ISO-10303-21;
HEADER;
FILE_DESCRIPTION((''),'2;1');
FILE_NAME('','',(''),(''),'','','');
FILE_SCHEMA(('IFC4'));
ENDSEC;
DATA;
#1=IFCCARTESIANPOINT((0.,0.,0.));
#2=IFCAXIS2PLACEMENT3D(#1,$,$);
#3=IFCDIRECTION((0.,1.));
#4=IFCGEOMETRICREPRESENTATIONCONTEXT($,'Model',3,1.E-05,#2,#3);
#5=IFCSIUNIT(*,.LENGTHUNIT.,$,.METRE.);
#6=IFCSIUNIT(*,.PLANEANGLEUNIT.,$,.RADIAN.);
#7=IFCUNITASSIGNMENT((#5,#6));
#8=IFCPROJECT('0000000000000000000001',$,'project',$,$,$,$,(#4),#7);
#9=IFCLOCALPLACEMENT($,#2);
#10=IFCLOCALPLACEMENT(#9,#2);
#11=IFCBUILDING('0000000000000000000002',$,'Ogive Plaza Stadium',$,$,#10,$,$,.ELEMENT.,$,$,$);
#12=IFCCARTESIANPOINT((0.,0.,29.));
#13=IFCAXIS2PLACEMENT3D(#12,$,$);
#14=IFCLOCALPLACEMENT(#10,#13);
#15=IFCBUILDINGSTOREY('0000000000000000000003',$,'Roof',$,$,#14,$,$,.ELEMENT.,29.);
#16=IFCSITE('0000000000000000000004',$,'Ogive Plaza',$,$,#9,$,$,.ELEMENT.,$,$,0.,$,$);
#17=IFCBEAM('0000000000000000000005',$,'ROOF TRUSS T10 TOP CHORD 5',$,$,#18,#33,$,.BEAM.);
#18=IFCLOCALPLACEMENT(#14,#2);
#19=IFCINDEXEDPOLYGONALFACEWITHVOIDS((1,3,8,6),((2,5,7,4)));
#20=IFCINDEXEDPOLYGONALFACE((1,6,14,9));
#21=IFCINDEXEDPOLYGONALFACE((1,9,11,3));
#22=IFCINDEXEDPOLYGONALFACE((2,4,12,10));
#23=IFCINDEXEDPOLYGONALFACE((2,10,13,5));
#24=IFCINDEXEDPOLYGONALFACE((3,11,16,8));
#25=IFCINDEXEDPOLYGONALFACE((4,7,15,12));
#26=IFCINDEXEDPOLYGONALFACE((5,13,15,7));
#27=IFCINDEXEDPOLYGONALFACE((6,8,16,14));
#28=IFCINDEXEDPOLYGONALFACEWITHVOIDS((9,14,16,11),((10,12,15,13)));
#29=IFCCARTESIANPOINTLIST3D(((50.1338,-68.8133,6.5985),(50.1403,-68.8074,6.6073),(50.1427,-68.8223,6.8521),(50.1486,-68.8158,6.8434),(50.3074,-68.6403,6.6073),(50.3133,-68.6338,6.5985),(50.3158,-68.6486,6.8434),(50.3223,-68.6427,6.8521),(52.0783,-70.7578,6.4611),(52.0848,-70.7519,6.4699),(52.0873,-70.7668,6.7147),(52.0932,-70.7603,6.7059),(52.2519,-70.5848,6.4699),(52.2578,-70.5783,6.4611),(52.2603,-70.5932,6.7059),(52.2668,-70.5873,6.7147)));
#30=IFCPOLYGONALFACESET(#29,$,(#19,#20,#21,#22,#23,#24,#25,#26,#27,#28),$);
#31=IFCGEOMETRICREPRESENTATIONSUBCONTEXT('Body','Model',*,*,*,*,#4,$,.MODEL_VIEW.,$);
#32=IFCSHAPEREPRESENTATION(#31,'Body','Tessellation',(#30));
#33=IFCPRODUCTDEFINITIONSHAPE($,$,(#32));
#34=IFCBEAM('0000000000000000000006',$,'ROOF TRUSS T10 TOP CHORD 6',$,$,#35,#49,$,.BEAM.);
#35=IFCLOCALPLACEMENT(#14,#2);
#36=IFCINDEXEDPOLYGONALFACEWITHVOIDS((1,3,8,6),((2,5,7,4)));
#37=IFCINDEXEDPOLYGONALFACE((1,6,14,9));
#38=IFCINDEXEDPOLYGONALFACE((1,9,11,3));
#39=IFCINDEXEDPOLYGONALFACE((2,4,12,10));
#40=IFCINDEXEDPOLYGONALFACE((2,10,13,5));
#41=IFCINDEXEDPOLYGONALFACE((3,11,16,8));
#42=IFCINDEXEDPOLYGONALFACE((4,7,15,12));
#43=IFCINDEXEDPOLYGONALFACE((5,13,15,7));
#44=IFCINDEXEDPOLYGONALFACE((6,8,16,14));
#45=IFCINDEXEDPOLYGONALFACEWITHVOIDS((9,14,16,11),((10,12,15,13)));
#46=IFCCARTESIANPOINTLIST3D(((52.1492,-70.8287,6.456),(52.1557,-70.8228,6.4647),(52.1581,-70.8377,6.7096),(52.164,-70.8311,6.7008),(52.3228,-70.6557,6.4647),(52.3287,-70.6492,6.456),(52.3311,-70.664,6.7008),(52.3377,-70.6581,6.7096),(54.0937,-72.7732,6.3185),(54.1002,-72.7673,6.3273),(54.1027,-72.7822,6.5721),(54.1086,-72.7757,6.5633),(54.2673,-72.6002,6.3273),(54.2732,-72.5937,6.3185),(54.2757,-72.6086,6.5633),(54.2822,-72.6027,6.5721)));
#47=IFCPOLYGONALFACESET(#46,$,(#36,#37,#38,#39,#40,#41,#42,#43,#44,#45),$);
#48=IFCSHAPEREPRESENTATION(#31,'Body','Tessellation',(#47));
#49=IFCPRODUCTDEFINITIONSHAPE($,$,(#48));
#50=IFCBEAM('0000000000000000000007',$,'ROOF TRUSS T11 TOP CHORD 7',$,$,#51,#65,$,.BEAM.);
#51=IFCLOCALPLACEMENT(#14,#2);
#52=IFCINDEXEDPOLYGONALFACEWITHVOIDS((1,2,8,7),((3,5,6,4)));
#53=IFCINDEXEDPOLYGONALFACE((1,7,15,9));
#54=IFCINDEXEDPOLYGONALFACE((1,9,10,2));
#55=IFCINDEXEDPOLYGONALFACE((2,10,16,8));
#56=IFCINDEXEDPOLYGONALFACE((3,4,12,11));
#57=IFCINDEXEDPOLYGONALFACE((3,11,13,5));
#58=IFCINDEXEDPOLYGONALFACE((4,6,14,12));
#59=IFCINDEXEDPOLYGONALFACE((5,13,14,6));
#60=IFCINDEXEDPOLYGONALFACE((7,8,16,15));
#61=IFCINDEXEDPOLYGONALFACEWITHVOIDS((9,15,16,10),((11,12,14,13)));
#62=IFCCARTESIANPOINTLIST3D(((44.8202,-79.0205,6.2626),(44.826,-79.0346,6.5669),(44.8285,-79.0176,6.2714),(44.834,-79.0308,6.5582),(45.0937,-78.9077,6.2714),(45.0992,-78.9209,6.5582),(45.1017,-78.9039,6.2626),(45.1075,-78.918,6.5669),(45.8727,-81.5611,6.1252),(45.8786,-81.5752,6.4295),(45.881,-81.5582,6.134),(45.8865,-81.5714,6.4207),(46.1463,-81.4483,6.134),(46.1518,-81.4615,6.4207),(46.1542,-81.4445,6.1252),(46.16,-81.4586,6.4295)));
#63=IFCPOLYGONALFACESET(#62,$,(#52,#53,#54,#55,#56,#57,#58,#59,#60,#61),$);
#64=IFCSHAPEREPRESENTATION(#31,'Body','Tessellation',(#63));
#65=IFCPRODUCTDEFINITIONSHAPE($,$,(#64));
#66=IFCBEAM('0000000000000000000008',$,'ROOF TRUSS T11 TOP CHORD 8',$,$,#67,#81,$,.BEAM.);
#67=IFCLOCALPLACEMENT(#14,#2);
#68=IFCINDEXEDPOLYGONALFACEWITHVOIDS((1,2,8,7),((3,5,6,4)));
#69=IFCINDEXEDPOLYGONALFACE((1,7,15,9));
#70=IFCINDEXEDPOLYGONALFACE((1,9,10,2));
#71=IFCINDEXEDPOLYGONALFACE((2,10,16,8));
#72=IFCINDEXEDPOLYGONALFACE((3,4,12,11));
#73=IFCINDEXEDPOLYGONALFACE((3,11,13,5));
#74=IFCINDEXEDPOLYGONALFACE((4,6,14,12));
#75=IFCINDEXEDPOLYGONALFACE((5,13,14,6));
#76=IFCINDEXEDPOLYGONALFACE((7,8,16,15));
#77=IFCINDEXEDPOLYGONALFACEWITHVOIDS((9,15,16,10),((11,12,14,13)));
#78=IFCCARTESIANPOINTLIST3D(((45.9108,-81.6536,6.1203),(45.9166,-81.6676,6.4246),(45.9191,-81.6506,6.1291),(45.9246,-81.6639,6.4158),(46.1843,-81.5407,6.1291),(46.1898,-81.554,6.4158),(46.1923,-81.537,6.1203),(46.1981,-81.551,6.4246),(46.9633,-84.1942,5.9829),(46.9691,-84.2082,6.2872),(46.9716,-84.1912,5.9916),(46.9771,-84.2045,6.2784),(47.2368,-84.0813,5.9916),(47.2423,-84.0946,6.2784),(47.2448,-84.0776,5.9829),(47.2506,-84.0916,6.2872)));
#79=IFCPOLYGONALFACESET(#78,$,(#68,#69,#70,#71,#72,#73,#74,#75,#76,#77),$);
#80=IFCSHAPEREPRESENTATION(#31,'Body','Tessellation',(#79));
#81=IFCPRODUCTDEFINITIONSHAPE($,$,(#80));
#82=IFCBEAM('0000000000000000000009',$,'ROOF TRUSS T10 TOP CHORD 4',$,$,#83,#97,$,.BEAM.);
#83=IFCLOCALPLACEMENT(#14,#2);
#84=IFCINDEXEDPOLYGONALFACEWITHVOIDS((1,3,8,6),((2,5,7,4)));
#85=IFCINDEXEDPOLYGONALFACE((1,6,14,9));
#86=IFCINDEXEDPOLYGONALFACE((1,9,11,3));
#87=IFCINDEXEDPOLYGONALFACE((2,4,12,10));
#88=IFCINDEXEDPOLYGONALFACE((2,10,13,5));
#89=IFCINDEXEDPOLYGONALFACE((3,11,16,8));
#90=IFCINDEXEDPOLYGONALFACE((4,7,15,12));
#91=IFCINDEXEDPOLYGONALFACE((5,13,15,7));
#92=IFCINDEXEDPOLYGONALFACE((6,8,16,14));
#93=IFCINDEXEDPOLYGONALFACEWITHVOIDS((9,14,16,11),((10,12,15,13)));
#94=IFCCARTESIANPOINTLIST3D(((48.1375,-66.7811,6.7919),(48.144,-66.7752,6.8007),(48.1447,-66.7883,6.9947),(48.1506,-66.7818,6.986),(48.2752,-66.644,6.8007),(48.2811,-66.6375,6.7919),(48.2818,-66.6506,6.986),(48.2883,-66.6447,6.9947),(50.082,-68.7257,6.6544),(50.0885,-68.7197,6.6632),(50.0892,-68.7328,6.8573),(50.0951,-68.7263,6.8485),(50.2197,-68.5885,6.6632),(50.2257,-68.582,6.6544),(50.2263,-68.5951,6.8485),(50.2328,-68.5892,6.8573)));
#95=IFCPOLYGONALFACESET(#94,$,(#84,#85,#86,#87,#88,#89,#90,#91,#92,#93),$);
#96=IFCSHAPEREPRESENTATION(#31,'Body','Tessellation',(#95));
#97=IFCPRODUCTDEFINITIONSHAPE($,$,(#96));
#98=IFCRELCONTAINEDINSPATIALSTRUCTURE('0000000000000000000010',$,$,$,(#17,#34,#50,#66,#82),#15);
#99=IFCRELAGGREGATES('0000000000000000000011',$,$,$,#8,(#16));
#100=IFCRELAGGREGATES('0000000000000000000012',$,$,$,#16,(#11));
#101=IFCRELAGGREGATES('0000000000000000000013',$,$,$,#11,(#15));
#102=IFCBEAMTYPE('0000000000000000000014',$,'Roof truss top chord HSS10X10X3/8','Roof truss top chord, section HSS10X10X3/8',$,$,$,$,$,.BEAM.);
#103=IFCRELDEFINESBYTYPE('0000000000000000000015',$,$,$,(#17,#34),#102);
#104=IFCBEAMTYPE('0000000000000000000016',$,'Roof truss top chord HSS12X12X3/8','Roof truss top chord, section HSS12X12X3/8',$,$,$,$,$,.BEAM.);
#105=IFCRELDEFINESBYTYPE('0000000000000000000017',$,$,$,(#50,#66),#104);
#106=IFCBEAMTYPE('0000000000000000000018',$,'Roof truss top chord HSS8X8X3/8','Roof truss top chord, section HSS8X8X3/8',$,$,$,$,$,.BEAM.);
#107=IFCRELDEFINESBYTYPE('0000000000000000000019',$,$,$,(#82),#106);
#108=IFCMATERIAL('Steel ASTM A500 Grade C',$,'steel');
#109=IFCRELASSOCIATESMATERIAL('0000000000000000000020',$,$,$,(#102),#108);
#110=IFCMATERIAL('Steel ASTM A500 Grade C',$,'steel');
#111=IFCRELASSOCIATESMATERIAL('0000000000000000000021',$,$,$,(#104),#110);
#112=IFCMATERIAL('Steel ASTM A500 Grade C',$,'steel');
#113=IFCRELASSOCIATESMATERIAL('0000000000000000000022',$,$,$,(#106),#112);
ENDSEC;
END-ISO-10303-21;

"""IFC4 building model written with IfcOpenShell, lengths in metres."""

from ifc_helpers import new_model, si_unit, direction, frame, origin, origin_2d, place, context, subcontext, project, spatial, hollow_rectangle, extrude, material, material_profile, profile_set, type_object, element, save


model = new_model("IFC4")

# Units and contexts
model_context = context("Model", 3, precision=1e-05, world=origin(), true_north=direction((0.0, 1.0)))
body_context = subcontext(model_context, "Body", "Model", "MODEL_VIEW")
ifc_project = project(units=[si_unit("LENGTHUNIT", "METRE"), si_unit("PLANEANGLEUNIT", "RADIAN")], contexts=[model_context])

# Site, building, storey
site_placement = place(None, origin())
site = spatial("IfcSite", under=ifc_project, at=site_placement, Name="Ogive Plaza", CompositionType="ELEMENT", RefElevation=0.0)
building_placement = place(site_placement, origin())
building = spatial("IfcBuilding", under=site, at=building_placement, Name="Ogive Plaza Stadium", CompositionType="ELEMENT")
storey_placement = place(building_placement, frame((0.0, 0.0, 29.0)))
storey = spatial("IfcBuildingStorey", under=building, at=storey_placement, Name="Roof", CompositionType="ELEMENT", Elevation=29.0)

# Beams
ifc_material_1 = material(Name="Steel ASTM A500 Grade C", Category="steel")
ifc_material_profile_1 = material_profile(ifc_material_1, hollow_rectangle(XDim=0.2539, YDim=0.2539, WallThickness=0.0088, at=origin_2d()), Name="HSS10X10X3/8")
ifc_profile_set_1 = profile_set([ifc_material_profile_1], Name="Steel ASTM A500 Grade C")
beam_type_1 = type_object("IfcBeamType", Name="Roof truss top chord HSS10X10X3/8", Description="Roof truss top chord, section HSS10X10X3/8", PredefinedType="BEAM", material=ifc_profile_set_1)
for number, where, z_axis, x_axis, name in (
    (1, (50.228, -68.728, 6.7253), (0.706225, -0.706225, -0.049919), (0.707107, 0.707107, 0.0), "ROOF TRUSS T10 TOP CHORD 5"),
    (2, (52.2434, -70.7434, 6.5828), (0.706225, -0.706225, -0.049919), (0.707107, 0.707107, 0.0), "ROOF TRUSS T10 TOP CHORD 6"),
):
    element("IfcBeam", number, at=place(storey_placement, frame(where, z_axis=z_axis, x_axis=x_axis)), inside=storey, type_object=beam_type_1, Name=name, PredefinedType="BEAM", context=body_context, shape_type="SweptSolid", body=[
        extrude(hollow_rectangle(XDim=0.2539, YDim=0.2539, WallThickness=0.0088, at=origin_2d()), origin(), (0.0, 0.0, 1.0), 2.7534),
    ])
ifc_material_2 = material(Name="Steel ASTM A500 Grade C", Category="steel")
ifc_material_profile_2 = material_profile(ifc_material_2, hollow_rectangle(XDim=0.3047, YDim=0.3047, WallThickness=0.0088, at=origin_2d()), Name="HSS12X12X3/8")
ifc_profile_set_2 = profile_set([ifc_material_profile_2], Name="Steel ASTM A500 Grade C")
beam_type_2 = type_object("IfcBeamType", Name="Roof truss top chord HSS12X12X3/8", Description="Roof truss top chord, section HSS12X12X3/8", PredefinedType="BEAM", material=ifc_profile_set_2)
for number, where, z_axis, x_axis, name in (
    (3, (44.9639, -78.9692, 6.4148), (0.382259, -0.922706, -0.049922), (0.923858, 0.382736, 0.0), "ROOF TRUSS T11 TOP CHORD 7"),
    (4, (46.0544, -81.6023, 6.2725), (0.382259, -0.922706, -0.049922), (0.923858, 0.382736, 0.0), "ROOF TRUSS T11 TOP CHORD 8"),
):
    element("IfcBeam", number, at=place(storey_placement, frame(where, z_axis=z_axis, x_axis=x_axis)), inside=storey, type_object=beam_type_2, Name=name, PredefinedType="BEAM", context=body_context, shape_type="SweptSolid", body=[
        extrude(hollow_rectangle(XDim=0.3047, YDim=0.3047, WallThickness=0.0088, at=origin_2d()), origin(), (0.0, 0.0, 1.0), 2.7534),
    ])
ifc_material_3 = material(Name="Steel ASTM A500 Grade C", Category="steel")
ifc_material_profile_3 = material_profile(ifc_material_3, hollow_rectangle(XDim=0.2031, YDim=0.2031, WallThickness=0.0088, at=origin_2d()), Name="HSS8X8X3/8")
ifc_profile_set_3 = profile_set([ifc_material_profile_3], Name="Steel ASTM A500 Grade C")
beam_type_3 = type_object("IfcBeamType", Name="Roof truss top chord HSS8X8X3/8", Description="Roof truss top chord, section HSS8X8X3/8", PredefinedType="BEAM", material=ifc_profile_set_3)
beam_1_placement = place(storey_placement, frame((48.2129, -66.7129, 6.8933), z_axis=(0.706225, -0.706225, -0.049919), x_axis=(0.707107, 0.707107, 0.0)))
element("IfcBeam", 5, at=beam_1_placement, inside=storey, type_object=beam_type_3, Name="ROOF TRUSS T10 TOP CHORD 4", PredefinedType="BEAM", context=body_context, shape_type="SweptSolid", body=[
    extrude(hollow_rectangle(XDim=0.2031, YDim=0.2031, WallThickness=0.0088, at=origin_2d()), origin(), (0.0, 0.0, 1.0), 2.7534),
])

save(model, "model.ifc")
